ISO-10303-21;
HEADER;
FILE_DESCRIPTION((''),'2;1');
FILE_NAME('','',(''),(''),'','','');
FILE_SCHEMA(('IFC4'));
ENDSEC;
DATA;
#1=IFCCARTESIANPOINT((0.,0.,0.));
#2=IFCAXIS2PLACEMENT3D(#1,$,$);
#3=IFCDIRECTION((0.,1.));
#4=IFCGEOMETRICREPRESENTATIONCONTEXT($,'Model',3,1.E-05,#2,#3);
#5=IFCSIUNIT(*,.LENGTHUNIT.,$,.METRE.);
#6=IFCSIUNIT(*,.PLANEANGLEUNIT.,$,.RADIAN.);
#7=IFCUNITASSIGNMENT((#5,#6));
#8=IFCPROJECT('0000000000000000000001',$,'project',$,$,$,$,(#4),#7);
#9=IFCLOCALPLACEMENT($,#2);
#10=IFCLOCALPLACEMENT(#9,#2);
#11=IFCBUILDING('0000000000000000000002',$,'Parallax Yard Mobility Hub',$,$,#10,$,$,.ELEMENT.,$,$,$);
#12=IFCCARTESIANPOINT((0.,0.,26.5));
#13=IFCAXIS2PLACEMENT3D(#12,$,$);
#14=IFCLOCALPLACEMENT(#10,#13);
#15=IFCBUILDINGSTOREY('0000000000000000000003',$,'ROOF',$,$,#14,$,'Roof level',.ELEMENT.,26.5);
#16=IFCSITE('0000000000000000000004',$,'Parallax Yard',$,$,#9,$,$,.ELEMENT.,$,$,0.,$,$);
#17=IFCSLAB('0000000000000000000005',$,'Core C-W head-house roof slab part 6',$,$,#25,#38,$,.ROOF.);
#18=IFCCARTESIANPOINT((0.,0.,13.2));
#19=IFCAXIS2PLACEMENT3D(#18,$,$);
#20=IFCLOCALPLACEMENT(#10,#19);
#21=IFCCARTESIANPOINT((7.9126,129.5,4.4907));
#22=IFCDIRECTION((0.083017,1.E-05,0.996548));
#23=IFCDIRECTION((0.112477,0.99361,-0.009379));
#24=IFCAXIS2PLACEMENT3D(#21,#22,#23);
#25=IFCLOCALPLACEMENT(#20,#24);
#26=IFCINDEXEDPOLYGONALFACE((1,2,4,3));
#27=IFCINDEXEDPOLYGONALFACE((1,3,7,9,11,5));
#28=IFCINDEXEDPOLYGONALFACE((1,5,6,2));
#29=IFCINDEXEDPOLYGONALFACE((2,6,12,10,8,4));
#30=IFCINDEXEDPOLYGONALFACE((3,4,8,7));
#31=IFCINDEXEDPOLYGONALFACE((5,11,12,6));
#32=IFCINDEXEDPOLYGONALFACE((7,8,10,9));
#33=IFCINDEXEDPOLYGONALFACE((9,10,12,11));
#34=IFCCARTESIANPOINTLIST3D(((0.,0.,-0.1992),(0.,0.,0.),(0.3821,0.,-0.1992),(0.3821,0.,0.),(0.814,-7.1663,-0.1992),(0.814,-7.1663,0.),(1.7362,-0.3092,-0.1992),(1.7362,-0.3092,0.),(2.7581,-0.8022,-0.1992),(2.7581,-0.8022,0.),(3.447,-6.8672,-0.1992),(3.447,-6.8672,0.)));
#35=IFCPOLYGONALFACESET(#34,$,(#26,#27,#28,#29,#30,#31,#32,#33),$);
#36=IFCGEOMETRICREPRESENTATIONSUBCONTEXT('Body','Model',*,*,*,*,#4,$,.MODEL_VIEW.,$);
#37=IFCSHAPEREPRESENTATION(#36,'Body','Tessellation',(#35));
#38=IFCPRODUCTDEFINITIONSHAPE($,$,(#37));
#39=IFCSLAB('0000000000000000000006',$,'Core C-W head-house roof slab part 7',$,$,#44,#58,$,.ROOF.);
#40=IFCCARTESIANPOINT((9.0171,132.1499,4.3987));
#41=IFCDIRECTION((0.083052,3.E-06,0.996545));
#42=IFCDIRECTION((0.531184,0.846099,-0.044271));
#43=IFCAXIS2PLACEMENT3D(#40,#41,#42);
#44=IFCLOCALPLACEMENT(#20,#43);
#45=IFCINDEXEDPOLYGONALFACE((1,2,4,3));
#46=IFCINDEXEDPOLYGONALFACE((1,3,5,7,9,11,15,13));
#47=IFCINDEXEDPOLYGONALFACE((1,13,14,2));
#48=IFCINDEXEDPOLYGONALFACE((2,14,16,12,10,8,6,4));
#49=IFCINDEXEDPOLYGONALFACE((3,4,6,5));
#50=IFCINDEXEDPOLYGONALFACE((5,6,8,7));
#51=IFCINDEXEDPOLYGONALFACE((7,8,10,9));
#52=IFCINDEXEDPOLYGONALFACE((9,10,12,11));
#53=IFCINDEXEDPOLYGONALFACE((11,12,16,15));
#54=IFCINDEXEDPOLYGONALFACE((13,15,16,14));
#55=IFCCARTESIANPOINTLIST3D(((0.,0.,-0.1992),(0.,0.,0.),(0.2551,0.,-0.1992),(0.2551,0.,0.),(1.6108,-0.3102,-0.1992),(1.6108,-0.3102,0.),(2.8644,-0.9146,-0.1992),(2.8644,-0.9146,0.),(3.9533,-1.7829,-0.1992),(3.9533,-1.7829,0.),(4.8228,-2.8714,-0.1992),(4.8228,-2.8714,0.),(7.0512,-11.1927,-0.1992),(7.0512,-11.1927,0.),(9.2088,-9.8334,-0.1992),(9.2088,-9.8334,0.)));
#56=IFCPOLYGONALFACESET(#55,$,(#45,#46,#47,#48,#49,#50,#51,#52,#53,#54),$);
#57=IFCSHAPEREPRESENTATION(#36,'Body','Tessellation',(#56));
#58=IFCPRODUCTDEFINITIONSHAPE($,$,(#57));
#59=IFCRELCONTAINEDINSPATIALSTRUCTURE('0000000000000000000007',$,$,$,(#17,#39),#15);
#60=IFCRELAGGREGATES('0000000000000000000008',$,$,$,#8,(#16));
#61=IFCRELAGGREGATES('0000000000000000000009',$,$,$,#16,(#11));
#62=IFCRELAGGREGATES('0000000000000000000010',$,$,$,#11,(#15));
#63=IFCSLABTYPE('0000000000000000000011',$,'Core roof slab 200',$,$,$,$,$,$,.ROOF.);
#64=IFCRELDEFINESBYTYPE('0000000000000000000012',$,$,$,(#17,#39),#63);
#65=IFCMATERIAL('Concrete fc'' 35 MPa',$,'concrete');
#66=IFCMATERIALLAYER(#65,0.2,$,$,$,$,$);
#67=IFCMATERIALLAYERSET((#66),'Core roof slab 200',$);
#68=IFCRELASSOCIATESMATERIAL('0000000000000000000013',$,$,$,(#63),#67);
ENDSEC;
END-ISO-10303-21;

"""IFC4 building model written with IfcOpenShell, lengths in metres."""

from ifc_helpers import new_model, si_unit, direction, frame, origin, place, context, subcontext, project, spatial, polyline, outline, extrude, material, layer, layer_set, type_object, element, save


model = new_model("IFC4")

# Units and contexts
model_context = context("Model", 3, precision=1e-05, world=origin(), true_north=direction((0.0, 1.0)))
body_context = subcontext(model_context, "Body", "Model", "MODEL_VIEW")
ifc_project = project(units=[si_unit("LENGTHUNIT", "METRE"), si_unit("PLANEANGLEUNIT", "RADIAN")], contexts=[model_context])

# Site, building, storey
site_placement = place(None, origin())
site = spatial("IfcSite", under=ifc_project, at=site_placement, Name="Parallax Yard", CompositionType="ELEMENT", RefElevation=0.0)
building_placement = place(site_placement, origin())
building = spatial("IfcBuilding", under=site, at=building_placement, Name="Parallax Yard Mobility Hub", CompositionType="ELEMENT")
storey_placement = place(building_placement, frame((0.0, 0.0, 26.5)))
storey = spatial("IfcBuildingStorey", under=building, at=storey_placement, Name="ROOF", LongName="Roof level", CompositionType="ELEMENT", Elevation=26.5)

# Slabs
ifc_material_1 = material(Name="Concrete fc' 35 MPa", Category="concrete")
ifc_layer_1 = layer(ifc_material_1, 0.2)
ifc_layer_set_1 = layer_set([ifc_layer_1], Name="Core roof slab 200")
slab_type_1 = type_object("IfcSlabType", Name="Core roof slab 200", PredefinedType="ROOF", material=ifc_layer_set_1)
placement = place(building_placement, frame((0.0, 0.0, 13.2)))
slab_1_placement = place(placement, frame((7.9126, 129.5, 4.4907), z_axis=(0.083017, 0.00001, 0.996548), x_axis=(0.112477, 0.99361, -0.009379)))
element("IfcSlab", 1, at=slab_1_placement, inside=storey, type_object=slab_type_1, Name="Core C-W head-house roof slab part 6", PredefinedType="ROOF", context=body_context, shape_type="SweptSolid", body=[
    extrude(outline(polyline([(0.0, 0.0), (0.3821, 0.0), (1.7362, -0.3092), (2.7581, -0.8022), (3.447, -6.8672), (0.814, -7.1663), (0.0, 0.0)])), origin(), (0.0, 0.0, -1.0), 0.1992),
])
slab_2_placement = place(placement, frame((9.0171, 132.1499, 4.3987), z_axis=(0.083052, 0.000003, 0.996545), x_axis=(0.531184, 0.846099, -0.044271)))
element("IfcSlab", 2, at=slab_2_placement, inside=storey, type_object=slab_type_1, Name="Core C-W head-house roof slab part 7", PredefinedType="ROOF", context=body_context, shape_type="SweptSolid", body=[
    extrude(outline(polyline([(0.0, 0.0), (0.2551, 0.0), (1.6108, -0.3102), (2.8644, -0.9146), (3.9533, -1.7829), (4.8228, -2.8714), (9.2088, -9.8334), (7.0512, -11.1927), (0.0, 0.0)])), origin(), (0.0, 0.0, -1.0), 0.1992),
])

save(model, "model.ifc")
